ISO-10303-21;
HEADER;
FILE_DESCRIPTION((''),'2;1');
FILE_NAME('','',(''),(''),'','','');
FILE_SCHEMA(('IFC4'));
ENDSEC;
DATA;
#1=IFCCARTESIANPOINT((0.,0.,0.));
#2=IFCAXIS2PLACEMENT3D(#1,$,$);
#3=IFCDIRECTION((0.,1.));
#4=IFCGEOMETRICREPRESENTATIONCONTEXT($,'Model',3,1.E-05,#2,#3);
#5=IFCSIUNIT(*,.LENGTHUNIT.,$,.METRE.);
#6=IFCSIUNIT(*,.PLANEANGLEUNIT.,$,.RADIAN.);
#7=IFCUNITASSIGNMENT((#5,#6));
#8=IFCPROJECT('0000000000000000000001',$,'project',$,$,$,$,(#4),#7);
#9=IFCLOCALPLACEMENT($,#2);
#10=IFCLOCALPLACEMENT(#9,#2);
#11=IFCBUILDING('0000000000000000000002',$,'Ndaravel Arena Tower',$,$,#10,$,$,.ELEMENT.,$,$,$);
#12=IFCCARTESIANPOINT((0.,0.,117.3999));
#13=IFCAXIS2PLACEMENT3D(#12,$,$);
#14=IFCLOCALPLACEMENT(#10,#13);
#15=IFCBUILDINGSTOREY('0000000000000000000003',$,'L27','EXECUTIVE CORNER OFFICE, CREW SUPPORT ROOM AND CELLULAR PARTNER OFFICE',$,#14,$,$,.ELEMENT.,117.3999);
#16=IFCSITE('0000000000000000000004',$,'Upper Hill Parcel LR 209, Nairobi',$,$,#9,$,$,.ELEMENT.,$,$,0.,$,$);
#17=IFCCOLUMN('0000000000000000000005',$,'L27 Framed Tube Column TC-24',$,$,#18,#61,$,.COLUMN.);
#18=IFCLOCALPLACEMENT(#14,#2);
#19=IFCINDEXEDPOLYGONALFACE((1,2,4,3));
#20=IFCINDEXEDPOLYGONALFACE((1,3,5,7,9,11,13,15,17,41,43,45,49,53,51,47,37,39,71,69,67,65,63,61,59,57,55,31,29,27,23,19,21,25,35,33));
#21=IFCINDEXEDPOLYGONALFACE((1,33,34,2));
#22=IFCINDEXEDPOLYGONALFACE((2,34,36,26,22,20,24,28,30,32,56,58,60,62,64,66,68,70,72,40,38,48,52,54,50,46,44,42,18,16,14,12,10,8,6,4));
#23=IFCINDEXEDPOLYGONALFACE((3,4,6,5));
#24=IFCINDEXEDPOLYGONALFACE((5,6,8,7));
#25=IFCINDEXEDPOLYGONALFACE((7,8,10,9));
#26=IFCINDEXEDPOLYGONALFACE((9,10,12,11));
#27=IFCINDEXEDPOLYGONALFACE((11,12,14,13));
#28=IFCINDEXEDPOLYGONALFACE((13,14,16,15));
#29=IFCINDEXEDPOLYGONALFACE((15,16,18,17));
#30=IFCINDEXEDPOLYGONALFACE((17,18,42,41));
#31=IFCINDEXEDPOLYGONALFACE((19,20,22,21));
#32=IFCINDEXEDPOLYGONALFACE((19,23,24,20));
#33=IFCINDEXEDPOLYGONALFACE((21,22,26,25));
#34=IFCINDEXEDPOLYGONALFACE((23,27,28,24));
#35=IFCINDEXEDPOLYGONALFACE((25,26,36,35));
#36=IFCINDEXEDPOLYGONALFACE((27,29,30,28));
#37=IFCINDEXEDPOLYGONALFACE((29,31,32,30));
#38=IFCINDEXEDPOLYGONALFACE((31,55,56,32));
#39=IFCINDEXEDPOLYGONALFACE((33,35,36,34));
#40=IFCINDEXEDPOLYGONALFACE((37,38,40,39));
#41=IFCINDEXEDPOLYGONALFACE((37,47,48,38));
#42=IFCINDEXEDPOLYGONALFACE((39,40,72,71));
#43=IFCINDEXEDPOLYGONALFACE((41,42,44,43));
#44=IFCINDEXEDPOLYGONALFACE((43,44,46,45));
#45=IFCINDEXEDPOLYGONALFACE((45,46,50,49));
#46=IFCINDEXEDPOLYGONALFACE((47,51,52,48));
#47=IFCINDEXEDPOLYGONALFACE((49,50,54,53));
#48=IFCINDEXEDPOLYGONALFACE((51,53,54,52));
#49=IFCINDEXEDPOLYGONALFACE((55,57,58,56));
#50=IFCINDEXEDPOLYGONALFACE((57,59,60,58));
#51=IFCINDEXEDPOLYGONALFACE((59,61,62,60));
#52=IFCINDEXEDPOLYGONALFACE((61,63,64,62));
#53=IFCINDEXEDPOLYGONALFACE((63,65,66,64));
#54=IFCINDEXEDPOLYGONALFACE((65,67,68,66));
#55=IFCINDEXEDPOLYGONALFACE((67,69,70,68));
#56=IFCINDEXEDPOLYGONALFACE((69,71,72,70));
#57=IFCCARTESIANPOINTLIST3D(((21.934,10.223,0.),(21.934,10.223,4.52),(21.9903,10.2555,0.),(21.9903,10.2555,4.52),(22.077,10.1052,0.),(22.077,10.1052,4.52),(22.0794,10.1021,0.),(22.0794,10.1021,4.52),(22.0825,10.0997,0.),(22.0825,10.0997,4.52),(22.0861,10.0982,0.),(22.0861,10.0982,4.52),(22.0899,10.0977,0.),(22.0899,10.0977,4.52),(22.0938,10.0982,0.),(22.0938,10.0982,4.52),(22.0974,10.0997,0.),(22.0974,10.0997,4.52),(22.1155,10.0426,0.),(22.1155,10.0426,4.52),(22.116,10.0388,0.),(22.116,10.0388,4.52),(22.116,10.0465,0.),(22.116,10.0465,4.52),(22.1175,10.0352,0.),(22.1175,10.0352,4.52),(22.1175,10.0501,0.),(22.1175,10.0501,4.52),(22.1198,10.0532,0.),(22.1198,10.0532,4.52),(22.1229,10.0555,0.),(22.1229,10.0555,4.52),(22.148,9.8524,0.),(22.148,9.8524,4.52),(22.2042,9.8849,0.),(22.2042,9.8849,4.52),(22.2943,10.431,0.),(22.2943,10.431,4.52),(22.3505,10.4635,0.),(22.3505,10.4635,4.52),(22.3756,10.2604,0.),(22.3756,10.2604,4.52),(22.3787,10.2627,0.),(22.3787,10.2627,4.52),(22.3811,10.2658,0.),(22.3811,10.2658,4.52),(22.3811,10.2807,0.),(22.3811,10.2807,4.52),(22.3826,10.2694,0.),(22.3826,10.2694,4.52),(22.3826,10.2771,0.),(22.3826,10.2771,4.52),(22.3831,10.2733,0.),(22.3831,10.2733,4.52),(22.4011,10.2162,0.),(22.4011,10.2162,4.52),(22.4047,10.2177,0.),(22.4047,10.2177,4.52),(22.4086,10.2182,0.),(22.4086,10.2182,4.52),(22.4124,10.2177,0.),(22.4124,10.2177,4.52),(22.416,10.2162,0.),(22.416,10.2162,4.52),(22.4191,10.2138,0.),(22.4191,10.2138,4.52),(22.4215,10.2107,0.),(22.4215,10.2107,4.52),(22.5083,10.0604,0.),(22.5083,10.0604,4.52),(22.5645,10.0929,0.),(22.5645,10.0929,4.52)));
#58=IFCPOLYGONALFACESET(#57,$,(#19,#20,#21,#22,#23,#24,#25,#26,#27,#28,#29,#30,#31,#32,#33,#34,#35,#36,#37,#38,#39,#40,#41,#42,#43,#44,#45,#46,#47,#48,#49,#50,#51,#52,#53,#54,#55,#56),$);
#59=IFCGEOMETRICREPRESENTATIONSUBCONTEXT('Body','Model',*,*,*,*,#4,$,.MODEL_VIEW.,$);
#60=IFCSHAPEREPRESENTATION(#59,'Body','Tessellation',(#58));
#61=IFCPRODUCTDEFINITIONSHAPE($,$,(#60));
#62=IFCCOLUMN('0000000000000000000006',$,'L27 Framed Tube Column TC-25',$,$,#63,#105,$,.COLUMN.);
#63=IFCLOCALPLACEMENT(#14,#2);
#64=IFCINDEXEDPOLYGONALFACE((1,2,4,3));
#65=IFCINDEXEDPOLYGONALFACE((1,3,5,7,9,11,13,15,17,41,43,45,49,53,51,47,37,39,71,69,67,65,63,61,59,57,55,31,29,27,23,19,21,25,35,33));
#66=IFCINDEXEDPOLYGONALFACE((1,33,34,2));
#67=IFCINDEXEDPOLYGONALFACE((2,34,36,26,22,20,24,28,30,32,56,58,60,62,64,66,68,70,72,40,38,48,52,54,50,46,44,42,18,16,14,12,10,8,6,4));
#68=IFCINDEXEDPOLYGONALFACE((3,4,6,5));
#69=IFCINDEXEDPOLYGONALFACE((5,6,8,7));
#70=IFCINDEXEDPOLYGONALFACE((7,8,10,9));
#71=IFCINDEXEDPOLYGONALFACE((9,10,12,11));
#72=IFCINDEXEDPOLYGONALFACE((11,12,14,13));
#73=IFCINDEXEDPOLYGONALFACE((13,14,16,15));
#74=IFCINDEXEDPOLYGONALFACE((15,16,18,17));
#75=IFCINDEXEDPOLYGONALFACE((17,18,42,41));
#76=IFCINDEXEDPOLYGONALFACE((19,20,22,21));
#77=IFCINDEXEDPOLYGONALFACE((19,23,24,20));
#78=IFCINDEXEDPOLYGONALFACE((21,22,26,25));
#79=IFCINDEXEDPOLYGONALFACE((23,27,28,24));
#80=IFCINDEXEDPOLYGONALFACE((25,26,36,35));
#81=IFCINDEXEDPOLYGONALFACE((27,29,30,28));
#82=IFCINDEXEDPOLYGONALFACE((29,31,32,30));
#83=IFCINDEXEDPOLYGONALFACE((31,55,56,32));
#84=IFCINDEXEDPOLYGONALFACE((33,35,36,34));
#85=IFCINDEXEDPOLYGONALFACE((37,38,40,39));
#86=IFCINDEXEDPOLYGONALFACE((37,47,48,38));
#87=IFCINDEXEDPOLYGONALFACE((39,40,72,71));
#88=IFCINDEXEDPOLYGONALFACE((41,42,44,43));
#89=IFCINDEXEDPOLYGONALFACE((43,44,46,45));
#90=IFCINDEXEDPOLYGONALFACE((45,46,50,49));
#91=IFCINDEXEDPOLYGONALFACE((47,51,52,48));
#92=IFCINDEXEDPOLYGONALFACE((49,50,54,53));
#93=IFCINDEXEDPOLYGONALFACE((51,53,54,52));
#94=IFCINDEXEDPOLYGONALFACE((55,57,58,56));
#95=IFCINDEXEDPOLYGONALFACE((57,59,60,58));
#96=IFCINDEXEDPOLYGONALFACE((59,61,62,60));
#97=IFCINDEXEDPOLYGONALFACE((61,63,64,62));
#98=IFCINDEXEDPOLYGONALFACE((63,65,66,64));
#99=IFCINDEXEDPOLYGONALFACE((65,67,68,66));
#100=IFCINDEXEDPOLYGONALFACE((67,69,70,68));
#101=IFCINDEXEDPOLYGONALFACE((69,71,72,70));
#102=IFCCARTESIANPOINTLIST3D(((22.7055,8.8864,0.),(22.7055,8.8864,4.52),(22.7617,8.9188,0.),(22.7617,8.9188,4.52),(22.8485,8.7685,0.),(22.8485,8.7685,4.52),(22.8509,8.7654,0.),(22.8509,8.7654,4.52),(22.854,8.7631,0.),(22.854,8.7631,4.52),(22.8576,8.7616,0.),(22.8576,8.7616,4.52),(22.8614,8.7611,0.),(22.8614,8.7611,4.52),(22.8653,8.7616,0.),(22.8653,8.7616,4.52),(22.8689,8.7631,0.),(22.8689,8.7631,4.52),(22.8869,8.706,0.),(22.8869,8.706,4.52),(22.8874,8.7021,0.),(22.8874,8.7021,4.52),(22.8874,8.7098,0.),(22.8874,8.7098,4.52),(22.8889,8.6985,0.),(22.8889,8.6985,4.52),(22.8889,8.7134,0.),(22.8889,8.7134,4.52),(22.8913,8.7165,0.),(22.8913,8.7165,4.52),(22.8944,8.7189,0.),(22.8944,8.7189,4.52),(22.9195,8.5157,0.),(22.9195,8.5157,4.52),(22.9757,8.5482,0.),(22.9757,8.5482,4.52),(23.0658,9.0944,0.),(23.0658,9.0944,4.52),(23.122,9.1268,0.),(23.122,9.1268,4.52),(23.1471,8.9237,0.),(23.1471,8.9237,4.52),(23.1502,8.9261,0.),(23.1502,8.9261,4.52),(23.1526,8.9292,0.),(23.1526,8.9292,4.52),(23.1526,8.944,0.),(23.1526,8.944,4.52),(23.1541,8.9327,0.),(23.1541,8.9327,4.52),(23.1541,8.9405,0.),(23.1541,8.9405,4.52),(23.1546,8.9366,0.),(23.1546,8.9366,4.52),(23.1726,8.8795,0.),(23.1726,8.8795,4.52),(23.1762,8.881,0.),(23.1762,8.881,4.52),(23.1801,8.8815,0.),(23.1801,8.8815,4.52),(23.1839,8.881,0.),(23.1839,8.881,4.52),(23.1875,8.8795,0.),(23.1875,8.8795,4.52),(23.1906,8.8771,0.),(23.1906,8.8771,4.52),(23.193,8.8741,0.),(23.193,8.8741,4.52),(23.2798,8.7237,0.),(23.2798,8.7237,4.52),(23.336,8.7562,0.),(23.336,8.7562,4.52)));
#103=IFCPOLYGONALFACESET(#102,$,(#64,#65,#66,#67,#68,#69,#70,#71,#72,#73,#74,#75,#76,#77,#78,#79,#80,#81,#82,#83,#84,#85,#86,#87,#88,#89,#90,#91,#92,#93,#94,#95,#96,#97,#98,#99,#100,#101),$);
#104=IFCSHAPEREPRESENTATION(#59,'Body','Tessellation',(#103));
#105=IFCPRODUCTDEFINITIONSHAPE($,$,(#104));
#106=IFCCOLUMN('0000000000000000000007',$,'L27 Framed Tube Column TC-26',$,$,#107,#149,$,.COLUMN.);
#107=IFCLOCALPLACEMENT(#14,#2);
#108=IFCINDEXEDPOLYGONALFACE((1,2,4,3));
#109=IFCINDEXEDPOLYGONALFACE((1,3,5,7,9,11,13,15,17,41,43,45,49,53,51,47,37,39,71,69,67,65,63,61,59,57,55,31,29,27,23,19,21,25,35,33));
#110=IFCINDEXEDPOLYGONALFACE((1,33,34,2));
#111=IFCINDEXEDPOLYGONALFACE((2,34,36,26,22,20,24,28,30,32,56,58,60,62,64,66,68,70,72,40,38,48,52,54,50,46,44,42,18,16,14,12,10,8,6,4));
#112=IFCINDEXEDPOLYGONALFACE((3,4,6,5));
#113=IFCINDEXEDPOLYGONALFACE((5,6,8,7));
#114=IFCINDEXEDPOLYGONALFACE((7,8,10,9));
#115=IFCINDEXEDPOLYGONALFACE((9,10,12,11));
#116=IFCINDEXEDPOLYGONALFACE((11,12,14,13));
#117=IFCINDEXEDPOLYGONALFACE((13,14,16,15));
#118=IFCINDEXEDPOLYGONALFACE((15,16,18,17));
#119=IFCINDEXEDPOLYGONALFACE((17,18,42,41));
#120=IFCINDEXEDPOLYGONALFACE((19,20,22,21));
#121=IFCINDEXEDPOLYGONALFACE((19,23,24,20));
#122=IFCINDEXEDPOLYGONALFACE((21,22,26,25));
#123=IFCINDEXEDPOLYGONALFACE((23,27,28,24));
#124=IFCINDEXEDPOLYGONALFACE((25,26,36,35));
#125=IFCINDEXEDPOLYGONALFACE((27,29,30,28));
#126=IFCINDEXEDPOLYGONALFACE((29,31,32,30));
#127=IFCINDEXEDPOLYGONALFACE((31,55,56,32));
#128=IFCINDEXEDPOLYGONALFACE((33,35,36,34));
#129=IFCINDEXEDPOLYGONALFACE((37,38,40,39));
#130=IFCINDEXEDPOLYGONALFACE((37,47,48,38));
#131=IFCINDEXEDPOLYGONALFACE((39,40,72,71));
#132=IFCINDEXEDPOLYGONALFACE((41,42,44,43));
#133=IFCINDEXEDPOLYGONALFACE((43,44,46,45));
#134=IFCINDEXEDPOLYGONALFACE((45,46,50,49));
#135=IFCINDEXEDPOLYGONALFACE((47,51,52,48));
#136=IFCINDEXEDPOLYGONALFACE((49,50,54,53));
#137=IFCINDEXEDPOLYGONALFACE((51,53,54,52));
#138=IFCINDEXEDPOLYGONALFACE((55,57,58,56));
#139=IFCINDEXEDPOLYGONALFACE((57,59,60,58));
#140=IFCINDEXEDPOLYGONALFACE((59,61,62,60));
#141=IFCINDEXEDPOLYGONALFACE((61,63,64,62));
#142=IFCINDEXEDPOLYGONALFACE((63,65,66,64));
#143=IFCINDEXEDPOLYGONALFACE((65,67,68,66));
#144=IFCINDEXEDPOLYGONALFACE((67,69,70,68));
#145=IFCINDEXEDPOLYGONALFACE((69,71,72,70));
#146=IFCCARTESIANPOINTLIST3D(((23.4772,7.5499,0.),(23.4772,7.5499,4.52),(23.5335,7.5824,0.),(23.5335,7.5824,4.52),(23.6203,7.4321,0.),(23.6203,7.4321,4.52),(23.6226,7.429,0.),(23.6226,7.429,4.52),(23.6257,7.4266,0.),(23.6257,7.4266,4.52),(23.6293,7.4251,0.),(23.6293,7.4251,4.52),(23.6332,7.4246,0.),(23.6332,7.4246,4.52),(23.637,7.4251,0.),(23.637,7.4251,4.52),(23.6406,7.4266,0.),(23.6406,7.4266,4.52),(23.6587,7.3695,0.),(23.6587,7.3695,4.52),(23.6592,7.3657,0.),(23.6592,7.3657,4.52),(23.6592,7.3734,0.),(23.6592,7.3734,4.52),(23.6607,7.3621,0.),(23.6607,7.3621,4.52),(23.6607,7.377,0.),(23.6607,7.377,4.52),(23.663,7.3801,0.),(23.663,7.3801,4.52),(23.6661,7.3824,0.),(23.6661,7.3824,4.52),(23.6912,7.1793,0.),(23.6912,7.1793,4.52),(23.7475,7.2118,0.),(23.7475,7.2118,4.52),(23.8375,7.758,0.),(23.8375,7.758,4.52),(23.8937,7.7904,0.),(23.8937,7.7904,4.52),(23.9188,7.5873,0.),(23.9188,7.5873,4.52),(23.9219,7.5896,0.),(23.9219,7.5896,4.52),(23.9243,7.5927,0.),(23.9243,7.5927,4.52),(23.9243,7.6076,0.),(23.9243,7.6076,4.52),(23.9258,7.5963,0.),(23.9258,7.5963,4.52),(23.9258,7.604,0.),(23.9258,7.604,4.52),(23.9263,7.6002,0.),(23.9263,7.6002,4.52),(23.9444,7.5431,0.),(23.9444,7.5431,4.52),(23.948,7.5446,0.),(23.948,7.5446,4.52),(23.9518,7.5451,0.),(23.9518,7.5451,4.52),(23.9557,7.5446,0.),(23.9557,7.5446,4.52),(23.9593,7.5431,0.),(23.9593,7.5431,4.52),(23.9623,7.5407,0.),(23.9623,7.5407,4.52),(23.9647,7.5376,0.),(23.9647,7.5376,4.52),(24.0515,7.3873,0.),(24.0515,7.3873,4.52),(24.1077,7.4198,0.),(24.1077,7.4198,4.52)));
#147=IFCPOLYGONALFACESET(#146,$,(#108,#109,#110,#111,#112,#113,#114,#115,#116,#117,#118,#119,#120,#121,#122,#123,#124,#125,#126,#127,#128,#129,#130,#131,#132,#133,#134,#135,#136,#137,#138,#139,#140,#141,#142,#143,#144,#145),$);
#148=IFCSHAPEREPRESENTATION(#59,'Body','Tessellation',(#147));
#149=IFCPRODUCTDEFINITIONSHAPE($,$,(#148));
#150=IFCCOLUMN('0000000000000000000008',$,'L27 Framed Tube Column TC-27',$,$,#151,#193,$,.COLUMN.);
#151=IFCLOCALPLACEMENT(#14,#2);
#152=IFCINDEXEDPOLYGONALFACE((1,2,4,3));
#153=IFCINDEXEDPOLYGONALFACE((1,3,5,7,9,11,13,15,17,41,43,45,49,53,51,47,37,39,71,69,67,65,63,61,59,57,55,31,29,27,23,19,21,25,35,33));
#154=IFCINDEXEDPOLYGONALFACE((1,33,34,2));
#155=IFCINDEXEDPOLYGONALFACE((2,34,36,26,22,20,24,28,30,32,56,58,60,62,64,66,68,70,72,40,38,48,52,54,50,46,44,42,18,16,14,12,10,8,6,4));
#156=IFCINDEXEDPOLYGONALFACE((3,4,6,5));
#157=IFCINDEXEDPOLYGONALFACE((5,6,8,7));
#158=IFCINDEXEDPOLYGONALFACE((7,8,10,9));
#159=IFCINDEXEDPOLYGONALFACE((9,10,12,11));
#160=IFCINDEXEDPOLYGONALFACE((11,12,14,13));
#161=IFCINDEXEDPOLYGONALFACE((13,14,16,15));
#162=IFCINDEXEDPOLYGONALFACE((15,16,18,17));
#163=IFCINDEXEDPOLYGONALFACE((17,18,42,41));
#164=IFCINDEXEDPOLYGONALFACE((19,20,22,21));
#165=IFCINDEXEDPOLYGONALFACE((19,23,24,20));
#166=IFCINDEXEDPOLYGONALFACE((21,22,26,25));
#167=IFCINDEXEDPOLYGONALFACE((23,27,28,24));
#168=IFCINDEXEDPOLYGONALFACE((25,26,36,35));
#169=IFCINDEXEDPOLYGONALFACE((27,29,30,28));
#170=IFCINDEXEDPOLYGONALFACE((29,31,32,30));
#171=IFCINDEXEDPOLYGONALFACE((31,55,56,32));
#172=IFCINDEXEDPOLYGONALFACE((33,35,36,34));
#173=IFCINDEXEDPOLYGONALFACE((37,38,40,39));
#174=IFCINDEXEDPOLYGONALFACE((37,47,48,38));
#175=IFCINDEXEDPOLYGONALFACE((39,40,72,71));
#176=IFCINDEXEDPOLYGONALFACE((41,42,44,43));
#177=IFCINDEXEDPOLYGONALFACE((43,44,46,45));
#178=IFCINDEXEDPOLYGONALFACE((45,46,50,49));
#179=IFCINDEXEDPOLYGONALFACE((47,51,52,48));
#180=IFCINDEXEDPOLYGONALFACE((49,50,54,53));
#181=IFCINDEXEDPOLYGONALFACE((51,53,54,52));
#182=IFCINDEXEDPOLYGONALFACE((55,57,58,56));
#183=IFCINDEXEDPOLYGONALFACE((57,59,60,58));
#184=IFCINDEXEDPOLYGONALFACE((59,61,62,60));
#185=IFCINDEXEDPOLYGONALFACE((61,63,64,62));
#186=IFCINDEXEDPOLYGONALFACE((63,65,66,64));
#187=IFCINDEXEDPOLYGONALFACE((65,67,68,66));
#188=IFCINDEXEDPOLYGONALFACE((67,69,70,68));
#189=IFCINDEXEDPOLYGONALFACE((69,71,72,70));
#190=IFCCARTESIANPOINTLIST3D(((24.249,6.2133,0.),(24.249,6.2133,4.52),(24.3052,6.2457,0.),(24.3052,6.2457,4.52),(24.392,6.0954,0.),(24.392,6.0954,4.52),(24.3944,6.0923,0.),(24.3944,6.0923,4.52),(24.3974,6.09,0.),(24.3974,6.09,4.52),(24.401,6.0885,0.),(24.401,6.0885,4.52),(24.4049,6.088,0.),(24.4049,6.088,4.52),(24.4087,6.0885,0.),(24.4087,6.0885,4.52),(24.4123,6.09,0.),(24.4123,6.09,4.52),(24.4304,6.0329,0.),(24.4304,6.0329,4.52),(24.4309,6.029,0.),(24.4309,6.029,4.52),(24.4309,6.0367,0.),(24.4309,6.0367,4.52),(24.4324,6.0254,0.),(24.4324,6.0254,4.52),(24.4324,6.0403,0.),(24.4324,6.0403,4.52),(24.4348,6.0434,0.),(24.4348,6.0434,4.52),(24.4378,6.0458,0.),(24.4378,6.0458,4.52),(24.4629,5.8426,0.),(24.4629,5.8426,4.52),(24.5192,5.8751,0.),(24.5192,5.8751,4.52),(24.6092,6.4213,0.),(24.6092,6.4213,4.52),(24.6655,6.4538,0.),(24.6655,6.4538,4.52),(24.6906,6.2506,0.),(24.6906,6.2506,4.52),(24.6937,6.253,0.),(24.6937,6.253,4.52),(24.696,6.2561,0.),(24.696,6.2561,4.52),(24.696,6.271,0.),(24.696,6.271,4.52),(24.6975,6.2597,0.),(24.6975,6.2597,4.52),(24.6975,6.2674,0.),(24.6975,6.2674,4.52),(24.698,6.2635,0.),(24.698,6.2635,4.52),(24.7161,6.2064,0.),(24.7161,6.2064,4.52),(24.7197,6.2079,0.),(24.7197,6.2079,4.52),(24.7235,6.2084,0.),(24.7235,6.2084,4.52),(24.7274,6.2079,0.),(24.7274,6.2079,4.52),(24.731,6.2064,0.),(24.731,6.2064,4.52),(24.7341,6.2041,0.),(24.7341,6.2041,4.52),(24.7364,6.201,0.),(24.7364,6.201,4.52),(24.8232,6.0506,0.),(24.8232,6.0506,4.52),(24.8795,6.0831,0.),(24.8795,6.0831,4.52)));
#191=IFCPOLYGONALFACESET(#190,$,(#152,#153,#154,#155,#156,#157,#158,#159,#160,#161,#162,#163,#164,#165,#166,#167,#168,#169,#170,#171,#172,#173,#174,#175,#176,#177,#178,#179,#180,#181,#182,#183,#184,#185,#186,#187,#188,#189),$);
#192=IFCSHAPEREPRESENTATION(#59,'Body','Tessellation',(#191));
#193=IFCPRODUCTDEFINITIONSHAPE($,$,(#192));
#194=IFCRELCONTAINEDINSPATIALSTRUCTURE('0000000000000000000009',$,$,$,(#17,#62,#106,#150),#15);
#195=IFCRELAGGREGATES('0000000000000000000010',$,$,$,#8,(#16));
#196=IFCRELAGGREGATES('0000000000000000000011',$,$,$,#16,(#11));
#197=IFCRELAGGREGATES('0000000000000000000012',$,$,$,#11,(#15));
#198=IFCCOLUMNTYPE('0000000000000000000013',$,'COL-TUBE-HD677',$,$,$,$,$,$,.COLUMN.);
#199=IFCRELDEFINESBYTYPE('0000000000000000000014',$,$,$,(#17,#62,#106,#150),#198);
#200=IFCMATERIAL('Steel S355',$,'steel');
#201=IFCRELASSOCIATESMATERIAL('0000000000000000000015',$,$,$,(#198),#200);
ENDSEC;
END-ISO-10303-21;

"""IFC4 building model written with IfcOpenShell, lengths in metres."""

from ifc_helpers import new_model, si_unit, direction, frame, origin, origin_2d, place, context, subcontext, project, spatial, i_section, extrude, material, material_profile, profile_set, type_object, element, save


model = new_model("IFC4")

# Units and contexts
model_context = context("Model", 3, precision=1e-05, world=origin(), true_north=direction((0.0, 1.0)))
body_context = subcontext(model_context, "Body", "Model", "MODEL_VIEW")
ifc_project = project(units=[si_unit("LENGTHUNIT", "METRE"), si_unit("PLANEANGLEUNIT", "RADIAN")], contexts=[model_context])

# Site, building, storey
site_placement = place(None, origin())
site = spatial("IfcSite", under=ifc_project, at=site_placement, Name="Upper Hill Parcel LR 209, Nairobi", CompositionType="ELEMENT", RefElevation=0.0)
building_placement = place(site_placement, origin())
building = spatial("IfcBuilding", under=site, at=building_placement, Name="Ndaravel Arena Tower", CompositionType="ELEMENT")
storey_placement = place(building_placement, frame((0.0, 0.0, 117.3999)))
storey = spatial("IfcBuildingStorey", under=building, at=storey_placement, Name="L27", Description="EXECUTIVE CORNER OFFICE, CREW SUPPORT ROOM AND CELLULAR PARTNER OFFICE", CompositionType="ELEMENT", Elevation=117.3999)

# Columns
ifc_material_1 = material(Name="Steel S355", Category="steel")
ifc_material_profile_1 = material_profile(ifc_material_1, i_section(OverallWidth=0.428, OverallDepth=0.481, WebThickness=0.051, FlangeThickness=0.0649, FilletRadius=0.0149, at=origin_2d()), Name="HD 400x677")
ifc_profile_set_1 = profile_set([ifc_material_profile_1], Name="Steel S355")
column_type = type_object("IfcColumnType", Name="COL-TUBE-HD677", PredefinedType="COLUMN", material=ifc_profile_set_1)
for number, where, z_axis, x_axis, name in (
    (1, (22.2493, 10.158, 0.0), (0.0, 0.0, 1.0), (-0.5, 0.866025, 0.0), "L27 Framed Tube Column TC-24"),
    (2, (23.0208, 8.8213, 0.0), (0.0, 0.0, 1.0), (-0.5, 0.866025, 0.0), "L27 Framed Tube Column TC-25"),
    (3, (23.7925, 7.4849, 0.0), (0.0, 0.0, 1.0), (-0.5, 0.866025, 0.0), "L27 Framed Tube Column TC-26"),
    (4, (24.5642, 6.1482, 0.0), (0.0, 0.0, 1.0), (-0.5, 0.866025, 0.0), "L27 Framed Tube Column TC-27"),
):
    element("IfcColumn", number, at=place(storey_placement, frame(where, z_axis=z_axis, x_axis=x_axis)), inside=storey, type_object=column_type, Name=name, PredefinedType="COLUMN", context=body_context, shape_type="SweptSolid", body=[
        extrude(i_section(OverallWidth=0.428, OverallDepth=0.481, WebThickness=0.051, FlangeThickness=0.0649, FilletRadius=0.0149, at=origin_2d()), origin(), (0.0, 0.0, 1.0), 4.52),
    ])

save(model, "model.ifc")
